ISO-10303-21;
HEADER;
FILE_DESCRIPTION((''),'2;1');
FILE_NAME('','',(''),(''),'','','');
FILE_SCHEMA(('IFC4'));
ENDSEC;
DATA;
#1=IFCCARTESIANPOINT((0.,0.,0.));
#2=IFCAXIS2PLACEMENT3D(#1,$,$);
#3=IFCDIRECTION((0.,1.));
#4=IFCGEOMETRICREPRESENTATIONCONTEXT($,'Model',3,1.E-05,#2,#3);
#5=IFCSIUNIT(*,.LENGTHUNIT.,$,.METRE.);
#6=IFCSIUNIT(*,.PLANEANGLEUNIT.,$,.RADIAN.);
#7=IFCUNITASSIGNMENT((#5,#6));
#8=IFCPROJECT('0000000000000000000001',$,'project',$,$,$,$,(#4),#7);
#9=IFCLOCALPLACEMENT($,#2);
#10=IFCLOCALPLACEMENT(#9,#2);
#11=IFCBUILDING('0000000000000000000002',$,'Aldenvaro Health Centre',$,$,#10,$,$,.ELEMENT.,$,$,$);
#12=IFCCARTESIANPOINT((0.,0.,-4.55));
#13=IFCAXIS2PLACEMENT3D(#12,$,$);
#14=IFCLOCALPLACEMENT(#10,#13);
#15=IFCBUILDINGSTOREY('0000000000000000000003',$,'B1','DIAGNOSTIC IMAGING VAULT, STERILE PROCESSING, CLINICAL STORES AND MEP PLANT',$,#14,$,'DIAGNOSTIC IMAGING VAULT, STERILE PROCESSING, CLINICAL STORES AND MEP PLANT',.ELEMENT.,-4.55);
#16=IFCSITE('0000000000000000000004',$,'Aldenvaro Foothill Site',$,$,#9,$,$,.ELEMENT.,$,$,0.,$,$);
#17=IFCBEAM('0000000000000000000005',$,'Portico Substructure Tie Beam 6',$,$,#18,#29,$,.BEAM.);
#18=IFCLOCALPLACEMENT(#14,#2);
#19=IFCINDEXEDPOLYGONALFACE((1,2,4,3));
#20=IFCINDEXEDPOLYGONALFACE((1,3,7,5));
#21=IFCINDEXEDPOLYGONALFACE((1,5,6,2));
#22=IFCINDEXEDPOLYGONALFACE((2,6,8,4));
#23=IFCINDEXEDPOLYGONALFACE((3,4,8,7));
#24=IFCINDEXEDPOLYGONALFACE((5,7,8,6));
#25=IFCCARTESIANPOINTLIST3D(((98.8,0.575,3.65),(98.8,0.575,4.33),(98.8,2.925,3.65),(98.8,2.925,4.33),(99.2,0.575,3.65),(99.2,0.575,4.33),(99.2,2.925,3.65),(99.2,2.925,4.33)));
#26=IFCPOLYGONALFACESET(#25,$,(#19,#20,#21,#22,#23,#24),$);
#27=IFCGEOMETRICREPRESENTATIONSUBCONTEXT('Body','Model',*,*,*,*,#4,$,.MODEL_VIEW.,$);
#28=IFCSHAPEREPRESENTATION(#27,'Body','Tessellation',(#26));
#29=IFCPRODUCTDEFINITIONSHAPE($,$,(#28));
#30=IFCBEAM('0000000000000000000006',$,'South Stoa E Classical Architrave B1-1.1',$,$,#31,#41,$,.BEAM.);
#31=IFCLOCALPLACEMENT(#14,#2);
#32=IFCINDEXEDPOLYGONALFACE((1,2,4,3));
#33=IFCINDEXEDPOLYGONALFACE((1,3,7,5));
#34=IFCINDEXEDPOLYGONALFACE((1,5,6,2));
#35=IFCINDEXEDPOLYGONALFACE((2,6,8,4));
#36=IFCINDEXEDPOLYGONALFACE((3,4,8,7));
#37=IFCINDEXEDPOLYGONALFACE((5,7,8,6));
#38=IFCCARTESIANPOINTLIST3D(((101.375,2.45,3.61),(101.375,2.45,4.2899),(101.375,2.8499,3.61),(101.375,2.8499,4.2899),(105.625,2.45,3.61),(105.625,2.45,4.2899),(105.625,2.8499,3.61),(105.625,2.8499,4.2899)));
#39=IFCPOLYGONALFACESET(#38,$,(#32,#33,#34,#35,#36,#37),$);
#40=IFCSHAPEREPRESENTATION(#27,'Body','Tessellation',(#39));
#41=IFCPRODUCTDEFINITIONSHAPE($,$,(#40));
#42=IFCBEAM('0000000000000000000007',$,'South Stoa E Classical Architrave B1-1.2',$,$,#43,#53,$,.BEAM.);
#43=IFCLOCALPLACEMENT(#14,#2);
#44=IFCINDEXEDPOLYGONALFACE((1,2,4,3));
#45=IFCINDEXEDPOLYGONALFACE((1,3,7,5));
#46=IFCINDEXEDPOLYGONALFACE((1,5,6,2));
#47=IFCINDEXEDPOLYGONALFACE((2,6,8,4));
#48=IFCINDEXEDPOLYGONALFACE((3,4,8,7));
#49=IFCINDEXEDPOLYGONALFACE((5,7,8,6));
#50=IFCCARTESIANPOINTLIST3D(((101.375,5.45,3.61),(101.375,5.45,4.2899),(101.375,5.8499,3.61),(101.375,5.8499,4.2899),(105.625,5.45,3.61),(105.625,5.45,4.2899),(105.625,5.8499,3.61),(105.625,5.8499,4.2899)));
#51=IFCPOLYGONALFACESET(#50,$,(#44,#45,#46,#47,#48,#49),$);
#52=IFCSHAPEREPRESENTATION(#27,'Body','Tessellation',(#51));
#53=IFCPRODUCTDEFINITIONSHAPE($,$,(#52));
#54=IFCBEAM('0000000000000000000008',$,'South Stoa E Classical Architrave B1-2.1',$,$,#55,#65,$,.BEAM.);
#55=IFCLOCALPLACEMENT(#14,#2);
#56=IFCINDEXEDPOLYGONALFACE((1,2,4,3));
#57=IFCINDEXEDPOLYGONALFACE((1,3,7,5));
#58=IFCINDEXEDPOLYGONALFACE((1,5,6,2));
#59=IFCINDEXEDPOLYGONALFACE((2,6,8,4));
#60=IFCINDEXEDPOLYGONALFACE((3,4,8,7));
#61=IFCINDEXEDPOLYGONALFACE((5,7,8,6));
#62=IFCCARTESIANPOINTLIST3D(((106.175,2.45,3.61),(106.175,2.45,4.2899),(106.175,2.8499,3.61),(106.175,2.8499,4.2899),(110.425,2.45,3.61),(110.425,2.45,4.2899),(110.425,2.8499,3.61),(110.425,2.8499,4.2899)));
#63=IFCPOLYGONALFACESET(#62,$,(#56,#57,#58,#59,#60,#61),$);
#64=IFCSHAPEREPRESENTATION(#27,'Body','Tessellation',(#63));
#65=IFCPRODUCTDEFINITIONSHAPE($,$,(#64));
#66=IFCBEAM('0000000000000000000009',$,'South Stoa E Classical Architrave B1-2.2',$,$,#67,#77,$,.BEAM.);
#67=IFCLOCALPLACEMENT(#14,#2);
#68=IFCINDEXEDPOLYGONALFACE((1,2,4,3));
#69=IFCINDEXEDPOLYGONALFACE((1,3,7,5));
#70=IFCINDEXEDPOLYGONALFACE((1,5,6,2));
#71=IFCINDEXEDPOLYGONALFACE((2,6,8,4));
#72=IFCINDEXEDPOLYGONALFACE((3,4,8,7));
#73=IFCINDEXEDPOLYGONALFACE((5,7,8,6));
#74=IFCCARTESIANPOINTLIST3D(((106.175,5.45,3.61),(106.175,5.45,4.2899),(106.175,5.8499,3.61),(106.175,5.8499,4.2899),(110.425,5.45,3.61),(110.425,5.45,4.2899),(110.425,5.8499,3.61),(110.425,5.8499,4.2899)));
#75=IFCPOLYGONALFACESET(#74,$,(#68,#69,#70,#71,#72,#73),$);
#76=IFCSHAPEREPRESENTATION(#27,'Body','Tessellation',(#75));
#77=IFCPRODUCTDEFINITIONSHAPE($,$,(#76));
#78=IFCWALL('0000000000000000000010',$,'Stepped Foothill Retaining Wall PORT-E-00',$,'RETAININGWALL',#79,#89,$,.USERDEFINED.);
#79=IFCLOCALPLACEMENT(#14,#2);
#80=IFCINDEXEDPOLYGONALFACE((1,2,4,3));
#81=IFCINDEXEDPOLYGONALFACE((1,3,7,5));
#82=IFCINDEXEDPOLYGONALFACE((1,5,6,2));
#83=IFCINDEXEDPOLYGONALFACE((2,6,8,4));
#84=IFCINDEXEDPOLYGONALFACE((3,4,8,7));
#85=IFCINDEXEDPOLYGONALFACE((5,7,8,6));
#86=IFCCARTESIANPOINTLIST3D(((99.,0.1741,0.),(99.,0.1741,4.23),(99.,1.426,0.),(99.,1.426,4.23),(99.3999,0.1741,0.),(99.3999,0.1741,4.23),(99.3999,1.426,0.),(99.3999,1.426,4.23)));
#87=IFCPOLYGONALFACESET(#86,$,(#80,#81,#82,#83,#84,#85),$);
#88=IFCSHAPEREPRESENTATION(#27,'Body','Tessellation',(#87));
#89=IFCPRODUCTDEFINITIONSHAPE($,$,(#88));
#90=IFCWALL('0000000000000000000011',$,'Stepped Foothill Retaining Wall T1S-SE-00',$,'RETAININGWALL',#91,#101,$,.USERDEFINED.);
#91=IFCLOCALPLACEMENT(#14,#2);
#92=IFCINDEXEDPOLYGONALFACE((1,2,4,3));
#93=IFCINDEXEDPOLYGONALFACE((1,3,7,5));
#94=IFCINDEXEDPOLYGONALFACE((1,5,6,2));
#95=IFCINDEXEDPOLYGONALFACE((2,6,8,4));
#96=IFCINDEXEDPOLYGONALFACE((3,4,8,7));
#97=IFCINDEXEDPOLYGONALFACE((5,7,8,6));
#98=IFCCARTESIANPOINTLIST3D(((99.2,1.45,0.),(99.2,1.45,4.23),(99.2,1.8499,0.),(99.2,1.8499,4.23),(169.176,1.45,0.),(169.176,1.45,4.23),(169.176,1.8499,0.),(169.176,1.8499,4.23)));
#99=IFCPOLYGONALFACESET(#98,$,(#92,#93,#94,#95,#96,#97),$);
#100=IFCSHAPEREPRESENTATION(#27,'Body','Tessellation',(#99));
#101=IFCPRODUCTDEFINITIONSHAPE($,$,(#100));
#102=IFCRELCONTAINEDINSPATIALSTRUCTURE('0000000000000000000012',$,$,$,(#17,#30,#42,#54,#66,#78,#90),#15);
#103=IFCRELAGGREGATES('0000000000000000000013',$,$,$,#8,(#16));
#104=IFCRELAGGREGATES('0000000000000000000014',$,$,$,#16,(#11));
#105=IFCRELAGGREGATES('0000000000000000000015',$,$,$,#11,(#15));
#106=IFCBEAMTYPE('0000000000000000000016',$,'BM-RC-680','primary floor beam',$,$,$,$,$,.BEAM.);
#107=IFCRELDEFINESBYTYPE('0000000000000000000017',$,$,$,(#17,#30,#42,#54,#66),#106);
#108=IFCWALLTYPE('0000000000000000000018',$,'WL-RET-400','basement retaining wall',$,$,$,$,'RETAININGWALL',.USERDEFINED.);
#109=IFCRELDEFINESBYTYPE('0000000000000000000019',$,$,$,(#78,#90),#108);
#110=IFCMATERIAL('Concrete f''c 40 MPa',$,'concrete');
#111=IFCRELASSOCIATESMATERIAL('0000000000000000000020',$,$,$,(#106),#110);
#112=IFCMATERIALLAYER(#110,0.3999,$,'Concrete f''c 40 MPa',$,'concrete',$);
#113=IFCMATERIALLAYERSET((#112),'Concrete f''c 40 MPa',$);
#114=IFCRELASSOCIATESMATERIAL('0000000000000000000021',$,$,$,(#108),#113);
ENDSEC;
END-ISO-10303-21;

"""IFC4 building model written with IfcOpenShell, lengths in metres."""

from ifc_helpers import new_model, si_unit, direction, frame, frame_2d, origin, origin_2d, place, context, subcontext, project, spatial, rectangle, extrude, material, layer, layer_set, material_profile, profile_set, type_object, element, save


model = new_model("IFC4")

# Units and contexts
model_context = context("Model", 3, precision=1e-05, world=origin(), true_north=direction((0.0, 1.0)))
body_context = subcontext(model_context, "Body", "Model", "MODEL_VIEW")
ifc_project = project(units=[si_unit("LENGTHUNIT", "METRE"), si_unit("PLANEANGLEUNIT", "RADIAN")], contexts=[model_context])

# Site, building, storey
site_placement = place(None, origin())
site = spatial("IfcSite", under=ifc_project, at=site_placement, Name="Aldenvaro Foothill Site", CompositionType="ELEMENT", RefElevation=0.0)
building_placement = place(site_placement, origin())
building = spatial("IfcBuilding", under=site, at=building_placement, Name="Aldenvaro Health Centre", CompositionType="ELEMENT")
storey_placement = place(building_placement, frame((0.0, 0.0, -4.55)))
storey = spatial("IfcBuildingStorey", under=building, at=storey_placement, Name="B1", Description="DIAGNOSTIC IMAGING VAULT, STERILE PROCESSING, CLINICAL STORES AND MEP PLANT", LongName="DIAGNOSTIC IMAGING VAULT, STERILE PROCESSING, CLINICAL STORES AND MEP PLANT", CompositionType="ELEMENT", Elevation=-4.55)

# Shared definitions
ifc_material = material(Name="Concrete f'c 40 MPa", Category="concrete")

# Beams
ifc_material_profile_1 = material_profile(ifc_material, rectangle(XDim=0.3999, YDim=0.6799, at=origin_2d()), Name="RC 400x680", Category="concrete")
ifc_profile_set_1 = profile_set([ifc_material_profile_1], Name="Concrete f'c 40 MPa")
beam_type_1 = type_object("IfcBeamType", Name="BM-RC-680", Description="primary floor beam", PredefinedType="BEAM", material=ifc_profile_set_1)
beam_placement = place(storey_placement, frame((99.0, 0.575, 3.99), z_axis=(0.0, 1.0, 0.0), x_axis=(-1.0, 0.0, 0.0)))
element("IfcBeam", 1, at=beam_placement, inside=storey, type_object=beam_type_1, Name="Portico Substructure Tie Beam 6", PredefinedType="BEAM", context=body_context, shape_type="SweptSolid", body=[
    extrude(rectangle(XDim=0.3999, YDim=0.6799, at=origin_2d()), origin(), (0.0, 0.0, 1.0), 2.3501),
])
for number, where, z_axis, x_axis, name in (
    (2, (101.375, 2.6499, 3.95), (1.0, 0.0, 0.0), (0.0, 1.0, 0.0), "South Stoa E Classical Architrave B1-1.1"),
    (3, (101.375, 5.6499, 3.95), (1.0, 0.0, 0.0), (0.0, 1.0, 0.0), "South Stoa E Classical Architrave B1-1.2"),
    (4, (106.175, 2.6499, 3.95), (1.0, 0.0, 0.0), (0.0, 1.0, 0.0), "South Stoa E Classical Architrave B1-2.1"),
    (5, (106.175, 5.6499, 3.95), (1.0, 0.0, 0.0), (0.0, 1.0, 0.0), "South Stoa E Classical Architrave B1-2.2"),
):
    element("IfcBeam", number, at=place(storey_placement, frame(where, z_axis=z_axis, x_axis=x_axis)), inside=storey, type_object=beam_type_1, Name=name, PredefinedType="BEAM", context=body_context, shape_type="SweptSolid", body=[
        extrude(rectangle(XDim=0.3999, YDim=0.6799, at=origin_2d()), origin(), (0.0, 0.0, 1.0), 4.25),
    ])

# Walls
ifc_layer = layer(ifc_material, 0.3999, Name="Concrete f'c 40 MPa", Category="concrete")
ifc_layer_set = layer_set([ifc_layer], Name="Concrete f'c 40 MPa")
wall_type = type_object("IfcWallType", Name="WL-RET-400", Description="basement retaining wall", ElementType="RETAININGWALL", PredefinedType="USERDEFINED", material=ifc_layer_set)
wall_1_placement = place(storey_placement, frame((99.2, 0.1741, 0.0), z_axis=(0.0, 0.0, 1.0), x_axis=(0.0, 1.0, 0.0)))
element("IfcWall", 6, at=wall_1_placement, inside=storey, type_object=wall_type, Name="Stepped Foothill Retaining Wall PORT-E-00", ObjectType="RETAININGWALL", PredefinedType="USERDEFINED", context=body_context, shape_type="SweptSolid", body=[
    extrude(rectangle(XDim=1.252, YDim=0.3999, at=frame_2d((0.626, 0.0))), origin(), (0.0, 0.0, 1.0), 4.23),
])
wall_2_placement = place(storey_placement, frame((99.2, 1.6499, 0.0), z_axis=(0.0, 0.0, 1.0), x_axis=(1.0, 0.0, 0.0)))
element("IfcWall", 7, at=wall_2_placement, inside=storey, type_object=wall_type, Name="Stepped Foothill Retaining Wall T1S-SE-00", ObjectType="RETAININGWALL", PredefinedType="USERDEFINED", context=body_context, shape_type="SweptSolid", body=[
    extrude(rectangle(XDim=69.9761, YDim=0.3999, at=frame_2d((34.988, 0.0))), origin(), (0.0, 0.0, 1.0), 4.23),
])

save(model, "model.ifc")
